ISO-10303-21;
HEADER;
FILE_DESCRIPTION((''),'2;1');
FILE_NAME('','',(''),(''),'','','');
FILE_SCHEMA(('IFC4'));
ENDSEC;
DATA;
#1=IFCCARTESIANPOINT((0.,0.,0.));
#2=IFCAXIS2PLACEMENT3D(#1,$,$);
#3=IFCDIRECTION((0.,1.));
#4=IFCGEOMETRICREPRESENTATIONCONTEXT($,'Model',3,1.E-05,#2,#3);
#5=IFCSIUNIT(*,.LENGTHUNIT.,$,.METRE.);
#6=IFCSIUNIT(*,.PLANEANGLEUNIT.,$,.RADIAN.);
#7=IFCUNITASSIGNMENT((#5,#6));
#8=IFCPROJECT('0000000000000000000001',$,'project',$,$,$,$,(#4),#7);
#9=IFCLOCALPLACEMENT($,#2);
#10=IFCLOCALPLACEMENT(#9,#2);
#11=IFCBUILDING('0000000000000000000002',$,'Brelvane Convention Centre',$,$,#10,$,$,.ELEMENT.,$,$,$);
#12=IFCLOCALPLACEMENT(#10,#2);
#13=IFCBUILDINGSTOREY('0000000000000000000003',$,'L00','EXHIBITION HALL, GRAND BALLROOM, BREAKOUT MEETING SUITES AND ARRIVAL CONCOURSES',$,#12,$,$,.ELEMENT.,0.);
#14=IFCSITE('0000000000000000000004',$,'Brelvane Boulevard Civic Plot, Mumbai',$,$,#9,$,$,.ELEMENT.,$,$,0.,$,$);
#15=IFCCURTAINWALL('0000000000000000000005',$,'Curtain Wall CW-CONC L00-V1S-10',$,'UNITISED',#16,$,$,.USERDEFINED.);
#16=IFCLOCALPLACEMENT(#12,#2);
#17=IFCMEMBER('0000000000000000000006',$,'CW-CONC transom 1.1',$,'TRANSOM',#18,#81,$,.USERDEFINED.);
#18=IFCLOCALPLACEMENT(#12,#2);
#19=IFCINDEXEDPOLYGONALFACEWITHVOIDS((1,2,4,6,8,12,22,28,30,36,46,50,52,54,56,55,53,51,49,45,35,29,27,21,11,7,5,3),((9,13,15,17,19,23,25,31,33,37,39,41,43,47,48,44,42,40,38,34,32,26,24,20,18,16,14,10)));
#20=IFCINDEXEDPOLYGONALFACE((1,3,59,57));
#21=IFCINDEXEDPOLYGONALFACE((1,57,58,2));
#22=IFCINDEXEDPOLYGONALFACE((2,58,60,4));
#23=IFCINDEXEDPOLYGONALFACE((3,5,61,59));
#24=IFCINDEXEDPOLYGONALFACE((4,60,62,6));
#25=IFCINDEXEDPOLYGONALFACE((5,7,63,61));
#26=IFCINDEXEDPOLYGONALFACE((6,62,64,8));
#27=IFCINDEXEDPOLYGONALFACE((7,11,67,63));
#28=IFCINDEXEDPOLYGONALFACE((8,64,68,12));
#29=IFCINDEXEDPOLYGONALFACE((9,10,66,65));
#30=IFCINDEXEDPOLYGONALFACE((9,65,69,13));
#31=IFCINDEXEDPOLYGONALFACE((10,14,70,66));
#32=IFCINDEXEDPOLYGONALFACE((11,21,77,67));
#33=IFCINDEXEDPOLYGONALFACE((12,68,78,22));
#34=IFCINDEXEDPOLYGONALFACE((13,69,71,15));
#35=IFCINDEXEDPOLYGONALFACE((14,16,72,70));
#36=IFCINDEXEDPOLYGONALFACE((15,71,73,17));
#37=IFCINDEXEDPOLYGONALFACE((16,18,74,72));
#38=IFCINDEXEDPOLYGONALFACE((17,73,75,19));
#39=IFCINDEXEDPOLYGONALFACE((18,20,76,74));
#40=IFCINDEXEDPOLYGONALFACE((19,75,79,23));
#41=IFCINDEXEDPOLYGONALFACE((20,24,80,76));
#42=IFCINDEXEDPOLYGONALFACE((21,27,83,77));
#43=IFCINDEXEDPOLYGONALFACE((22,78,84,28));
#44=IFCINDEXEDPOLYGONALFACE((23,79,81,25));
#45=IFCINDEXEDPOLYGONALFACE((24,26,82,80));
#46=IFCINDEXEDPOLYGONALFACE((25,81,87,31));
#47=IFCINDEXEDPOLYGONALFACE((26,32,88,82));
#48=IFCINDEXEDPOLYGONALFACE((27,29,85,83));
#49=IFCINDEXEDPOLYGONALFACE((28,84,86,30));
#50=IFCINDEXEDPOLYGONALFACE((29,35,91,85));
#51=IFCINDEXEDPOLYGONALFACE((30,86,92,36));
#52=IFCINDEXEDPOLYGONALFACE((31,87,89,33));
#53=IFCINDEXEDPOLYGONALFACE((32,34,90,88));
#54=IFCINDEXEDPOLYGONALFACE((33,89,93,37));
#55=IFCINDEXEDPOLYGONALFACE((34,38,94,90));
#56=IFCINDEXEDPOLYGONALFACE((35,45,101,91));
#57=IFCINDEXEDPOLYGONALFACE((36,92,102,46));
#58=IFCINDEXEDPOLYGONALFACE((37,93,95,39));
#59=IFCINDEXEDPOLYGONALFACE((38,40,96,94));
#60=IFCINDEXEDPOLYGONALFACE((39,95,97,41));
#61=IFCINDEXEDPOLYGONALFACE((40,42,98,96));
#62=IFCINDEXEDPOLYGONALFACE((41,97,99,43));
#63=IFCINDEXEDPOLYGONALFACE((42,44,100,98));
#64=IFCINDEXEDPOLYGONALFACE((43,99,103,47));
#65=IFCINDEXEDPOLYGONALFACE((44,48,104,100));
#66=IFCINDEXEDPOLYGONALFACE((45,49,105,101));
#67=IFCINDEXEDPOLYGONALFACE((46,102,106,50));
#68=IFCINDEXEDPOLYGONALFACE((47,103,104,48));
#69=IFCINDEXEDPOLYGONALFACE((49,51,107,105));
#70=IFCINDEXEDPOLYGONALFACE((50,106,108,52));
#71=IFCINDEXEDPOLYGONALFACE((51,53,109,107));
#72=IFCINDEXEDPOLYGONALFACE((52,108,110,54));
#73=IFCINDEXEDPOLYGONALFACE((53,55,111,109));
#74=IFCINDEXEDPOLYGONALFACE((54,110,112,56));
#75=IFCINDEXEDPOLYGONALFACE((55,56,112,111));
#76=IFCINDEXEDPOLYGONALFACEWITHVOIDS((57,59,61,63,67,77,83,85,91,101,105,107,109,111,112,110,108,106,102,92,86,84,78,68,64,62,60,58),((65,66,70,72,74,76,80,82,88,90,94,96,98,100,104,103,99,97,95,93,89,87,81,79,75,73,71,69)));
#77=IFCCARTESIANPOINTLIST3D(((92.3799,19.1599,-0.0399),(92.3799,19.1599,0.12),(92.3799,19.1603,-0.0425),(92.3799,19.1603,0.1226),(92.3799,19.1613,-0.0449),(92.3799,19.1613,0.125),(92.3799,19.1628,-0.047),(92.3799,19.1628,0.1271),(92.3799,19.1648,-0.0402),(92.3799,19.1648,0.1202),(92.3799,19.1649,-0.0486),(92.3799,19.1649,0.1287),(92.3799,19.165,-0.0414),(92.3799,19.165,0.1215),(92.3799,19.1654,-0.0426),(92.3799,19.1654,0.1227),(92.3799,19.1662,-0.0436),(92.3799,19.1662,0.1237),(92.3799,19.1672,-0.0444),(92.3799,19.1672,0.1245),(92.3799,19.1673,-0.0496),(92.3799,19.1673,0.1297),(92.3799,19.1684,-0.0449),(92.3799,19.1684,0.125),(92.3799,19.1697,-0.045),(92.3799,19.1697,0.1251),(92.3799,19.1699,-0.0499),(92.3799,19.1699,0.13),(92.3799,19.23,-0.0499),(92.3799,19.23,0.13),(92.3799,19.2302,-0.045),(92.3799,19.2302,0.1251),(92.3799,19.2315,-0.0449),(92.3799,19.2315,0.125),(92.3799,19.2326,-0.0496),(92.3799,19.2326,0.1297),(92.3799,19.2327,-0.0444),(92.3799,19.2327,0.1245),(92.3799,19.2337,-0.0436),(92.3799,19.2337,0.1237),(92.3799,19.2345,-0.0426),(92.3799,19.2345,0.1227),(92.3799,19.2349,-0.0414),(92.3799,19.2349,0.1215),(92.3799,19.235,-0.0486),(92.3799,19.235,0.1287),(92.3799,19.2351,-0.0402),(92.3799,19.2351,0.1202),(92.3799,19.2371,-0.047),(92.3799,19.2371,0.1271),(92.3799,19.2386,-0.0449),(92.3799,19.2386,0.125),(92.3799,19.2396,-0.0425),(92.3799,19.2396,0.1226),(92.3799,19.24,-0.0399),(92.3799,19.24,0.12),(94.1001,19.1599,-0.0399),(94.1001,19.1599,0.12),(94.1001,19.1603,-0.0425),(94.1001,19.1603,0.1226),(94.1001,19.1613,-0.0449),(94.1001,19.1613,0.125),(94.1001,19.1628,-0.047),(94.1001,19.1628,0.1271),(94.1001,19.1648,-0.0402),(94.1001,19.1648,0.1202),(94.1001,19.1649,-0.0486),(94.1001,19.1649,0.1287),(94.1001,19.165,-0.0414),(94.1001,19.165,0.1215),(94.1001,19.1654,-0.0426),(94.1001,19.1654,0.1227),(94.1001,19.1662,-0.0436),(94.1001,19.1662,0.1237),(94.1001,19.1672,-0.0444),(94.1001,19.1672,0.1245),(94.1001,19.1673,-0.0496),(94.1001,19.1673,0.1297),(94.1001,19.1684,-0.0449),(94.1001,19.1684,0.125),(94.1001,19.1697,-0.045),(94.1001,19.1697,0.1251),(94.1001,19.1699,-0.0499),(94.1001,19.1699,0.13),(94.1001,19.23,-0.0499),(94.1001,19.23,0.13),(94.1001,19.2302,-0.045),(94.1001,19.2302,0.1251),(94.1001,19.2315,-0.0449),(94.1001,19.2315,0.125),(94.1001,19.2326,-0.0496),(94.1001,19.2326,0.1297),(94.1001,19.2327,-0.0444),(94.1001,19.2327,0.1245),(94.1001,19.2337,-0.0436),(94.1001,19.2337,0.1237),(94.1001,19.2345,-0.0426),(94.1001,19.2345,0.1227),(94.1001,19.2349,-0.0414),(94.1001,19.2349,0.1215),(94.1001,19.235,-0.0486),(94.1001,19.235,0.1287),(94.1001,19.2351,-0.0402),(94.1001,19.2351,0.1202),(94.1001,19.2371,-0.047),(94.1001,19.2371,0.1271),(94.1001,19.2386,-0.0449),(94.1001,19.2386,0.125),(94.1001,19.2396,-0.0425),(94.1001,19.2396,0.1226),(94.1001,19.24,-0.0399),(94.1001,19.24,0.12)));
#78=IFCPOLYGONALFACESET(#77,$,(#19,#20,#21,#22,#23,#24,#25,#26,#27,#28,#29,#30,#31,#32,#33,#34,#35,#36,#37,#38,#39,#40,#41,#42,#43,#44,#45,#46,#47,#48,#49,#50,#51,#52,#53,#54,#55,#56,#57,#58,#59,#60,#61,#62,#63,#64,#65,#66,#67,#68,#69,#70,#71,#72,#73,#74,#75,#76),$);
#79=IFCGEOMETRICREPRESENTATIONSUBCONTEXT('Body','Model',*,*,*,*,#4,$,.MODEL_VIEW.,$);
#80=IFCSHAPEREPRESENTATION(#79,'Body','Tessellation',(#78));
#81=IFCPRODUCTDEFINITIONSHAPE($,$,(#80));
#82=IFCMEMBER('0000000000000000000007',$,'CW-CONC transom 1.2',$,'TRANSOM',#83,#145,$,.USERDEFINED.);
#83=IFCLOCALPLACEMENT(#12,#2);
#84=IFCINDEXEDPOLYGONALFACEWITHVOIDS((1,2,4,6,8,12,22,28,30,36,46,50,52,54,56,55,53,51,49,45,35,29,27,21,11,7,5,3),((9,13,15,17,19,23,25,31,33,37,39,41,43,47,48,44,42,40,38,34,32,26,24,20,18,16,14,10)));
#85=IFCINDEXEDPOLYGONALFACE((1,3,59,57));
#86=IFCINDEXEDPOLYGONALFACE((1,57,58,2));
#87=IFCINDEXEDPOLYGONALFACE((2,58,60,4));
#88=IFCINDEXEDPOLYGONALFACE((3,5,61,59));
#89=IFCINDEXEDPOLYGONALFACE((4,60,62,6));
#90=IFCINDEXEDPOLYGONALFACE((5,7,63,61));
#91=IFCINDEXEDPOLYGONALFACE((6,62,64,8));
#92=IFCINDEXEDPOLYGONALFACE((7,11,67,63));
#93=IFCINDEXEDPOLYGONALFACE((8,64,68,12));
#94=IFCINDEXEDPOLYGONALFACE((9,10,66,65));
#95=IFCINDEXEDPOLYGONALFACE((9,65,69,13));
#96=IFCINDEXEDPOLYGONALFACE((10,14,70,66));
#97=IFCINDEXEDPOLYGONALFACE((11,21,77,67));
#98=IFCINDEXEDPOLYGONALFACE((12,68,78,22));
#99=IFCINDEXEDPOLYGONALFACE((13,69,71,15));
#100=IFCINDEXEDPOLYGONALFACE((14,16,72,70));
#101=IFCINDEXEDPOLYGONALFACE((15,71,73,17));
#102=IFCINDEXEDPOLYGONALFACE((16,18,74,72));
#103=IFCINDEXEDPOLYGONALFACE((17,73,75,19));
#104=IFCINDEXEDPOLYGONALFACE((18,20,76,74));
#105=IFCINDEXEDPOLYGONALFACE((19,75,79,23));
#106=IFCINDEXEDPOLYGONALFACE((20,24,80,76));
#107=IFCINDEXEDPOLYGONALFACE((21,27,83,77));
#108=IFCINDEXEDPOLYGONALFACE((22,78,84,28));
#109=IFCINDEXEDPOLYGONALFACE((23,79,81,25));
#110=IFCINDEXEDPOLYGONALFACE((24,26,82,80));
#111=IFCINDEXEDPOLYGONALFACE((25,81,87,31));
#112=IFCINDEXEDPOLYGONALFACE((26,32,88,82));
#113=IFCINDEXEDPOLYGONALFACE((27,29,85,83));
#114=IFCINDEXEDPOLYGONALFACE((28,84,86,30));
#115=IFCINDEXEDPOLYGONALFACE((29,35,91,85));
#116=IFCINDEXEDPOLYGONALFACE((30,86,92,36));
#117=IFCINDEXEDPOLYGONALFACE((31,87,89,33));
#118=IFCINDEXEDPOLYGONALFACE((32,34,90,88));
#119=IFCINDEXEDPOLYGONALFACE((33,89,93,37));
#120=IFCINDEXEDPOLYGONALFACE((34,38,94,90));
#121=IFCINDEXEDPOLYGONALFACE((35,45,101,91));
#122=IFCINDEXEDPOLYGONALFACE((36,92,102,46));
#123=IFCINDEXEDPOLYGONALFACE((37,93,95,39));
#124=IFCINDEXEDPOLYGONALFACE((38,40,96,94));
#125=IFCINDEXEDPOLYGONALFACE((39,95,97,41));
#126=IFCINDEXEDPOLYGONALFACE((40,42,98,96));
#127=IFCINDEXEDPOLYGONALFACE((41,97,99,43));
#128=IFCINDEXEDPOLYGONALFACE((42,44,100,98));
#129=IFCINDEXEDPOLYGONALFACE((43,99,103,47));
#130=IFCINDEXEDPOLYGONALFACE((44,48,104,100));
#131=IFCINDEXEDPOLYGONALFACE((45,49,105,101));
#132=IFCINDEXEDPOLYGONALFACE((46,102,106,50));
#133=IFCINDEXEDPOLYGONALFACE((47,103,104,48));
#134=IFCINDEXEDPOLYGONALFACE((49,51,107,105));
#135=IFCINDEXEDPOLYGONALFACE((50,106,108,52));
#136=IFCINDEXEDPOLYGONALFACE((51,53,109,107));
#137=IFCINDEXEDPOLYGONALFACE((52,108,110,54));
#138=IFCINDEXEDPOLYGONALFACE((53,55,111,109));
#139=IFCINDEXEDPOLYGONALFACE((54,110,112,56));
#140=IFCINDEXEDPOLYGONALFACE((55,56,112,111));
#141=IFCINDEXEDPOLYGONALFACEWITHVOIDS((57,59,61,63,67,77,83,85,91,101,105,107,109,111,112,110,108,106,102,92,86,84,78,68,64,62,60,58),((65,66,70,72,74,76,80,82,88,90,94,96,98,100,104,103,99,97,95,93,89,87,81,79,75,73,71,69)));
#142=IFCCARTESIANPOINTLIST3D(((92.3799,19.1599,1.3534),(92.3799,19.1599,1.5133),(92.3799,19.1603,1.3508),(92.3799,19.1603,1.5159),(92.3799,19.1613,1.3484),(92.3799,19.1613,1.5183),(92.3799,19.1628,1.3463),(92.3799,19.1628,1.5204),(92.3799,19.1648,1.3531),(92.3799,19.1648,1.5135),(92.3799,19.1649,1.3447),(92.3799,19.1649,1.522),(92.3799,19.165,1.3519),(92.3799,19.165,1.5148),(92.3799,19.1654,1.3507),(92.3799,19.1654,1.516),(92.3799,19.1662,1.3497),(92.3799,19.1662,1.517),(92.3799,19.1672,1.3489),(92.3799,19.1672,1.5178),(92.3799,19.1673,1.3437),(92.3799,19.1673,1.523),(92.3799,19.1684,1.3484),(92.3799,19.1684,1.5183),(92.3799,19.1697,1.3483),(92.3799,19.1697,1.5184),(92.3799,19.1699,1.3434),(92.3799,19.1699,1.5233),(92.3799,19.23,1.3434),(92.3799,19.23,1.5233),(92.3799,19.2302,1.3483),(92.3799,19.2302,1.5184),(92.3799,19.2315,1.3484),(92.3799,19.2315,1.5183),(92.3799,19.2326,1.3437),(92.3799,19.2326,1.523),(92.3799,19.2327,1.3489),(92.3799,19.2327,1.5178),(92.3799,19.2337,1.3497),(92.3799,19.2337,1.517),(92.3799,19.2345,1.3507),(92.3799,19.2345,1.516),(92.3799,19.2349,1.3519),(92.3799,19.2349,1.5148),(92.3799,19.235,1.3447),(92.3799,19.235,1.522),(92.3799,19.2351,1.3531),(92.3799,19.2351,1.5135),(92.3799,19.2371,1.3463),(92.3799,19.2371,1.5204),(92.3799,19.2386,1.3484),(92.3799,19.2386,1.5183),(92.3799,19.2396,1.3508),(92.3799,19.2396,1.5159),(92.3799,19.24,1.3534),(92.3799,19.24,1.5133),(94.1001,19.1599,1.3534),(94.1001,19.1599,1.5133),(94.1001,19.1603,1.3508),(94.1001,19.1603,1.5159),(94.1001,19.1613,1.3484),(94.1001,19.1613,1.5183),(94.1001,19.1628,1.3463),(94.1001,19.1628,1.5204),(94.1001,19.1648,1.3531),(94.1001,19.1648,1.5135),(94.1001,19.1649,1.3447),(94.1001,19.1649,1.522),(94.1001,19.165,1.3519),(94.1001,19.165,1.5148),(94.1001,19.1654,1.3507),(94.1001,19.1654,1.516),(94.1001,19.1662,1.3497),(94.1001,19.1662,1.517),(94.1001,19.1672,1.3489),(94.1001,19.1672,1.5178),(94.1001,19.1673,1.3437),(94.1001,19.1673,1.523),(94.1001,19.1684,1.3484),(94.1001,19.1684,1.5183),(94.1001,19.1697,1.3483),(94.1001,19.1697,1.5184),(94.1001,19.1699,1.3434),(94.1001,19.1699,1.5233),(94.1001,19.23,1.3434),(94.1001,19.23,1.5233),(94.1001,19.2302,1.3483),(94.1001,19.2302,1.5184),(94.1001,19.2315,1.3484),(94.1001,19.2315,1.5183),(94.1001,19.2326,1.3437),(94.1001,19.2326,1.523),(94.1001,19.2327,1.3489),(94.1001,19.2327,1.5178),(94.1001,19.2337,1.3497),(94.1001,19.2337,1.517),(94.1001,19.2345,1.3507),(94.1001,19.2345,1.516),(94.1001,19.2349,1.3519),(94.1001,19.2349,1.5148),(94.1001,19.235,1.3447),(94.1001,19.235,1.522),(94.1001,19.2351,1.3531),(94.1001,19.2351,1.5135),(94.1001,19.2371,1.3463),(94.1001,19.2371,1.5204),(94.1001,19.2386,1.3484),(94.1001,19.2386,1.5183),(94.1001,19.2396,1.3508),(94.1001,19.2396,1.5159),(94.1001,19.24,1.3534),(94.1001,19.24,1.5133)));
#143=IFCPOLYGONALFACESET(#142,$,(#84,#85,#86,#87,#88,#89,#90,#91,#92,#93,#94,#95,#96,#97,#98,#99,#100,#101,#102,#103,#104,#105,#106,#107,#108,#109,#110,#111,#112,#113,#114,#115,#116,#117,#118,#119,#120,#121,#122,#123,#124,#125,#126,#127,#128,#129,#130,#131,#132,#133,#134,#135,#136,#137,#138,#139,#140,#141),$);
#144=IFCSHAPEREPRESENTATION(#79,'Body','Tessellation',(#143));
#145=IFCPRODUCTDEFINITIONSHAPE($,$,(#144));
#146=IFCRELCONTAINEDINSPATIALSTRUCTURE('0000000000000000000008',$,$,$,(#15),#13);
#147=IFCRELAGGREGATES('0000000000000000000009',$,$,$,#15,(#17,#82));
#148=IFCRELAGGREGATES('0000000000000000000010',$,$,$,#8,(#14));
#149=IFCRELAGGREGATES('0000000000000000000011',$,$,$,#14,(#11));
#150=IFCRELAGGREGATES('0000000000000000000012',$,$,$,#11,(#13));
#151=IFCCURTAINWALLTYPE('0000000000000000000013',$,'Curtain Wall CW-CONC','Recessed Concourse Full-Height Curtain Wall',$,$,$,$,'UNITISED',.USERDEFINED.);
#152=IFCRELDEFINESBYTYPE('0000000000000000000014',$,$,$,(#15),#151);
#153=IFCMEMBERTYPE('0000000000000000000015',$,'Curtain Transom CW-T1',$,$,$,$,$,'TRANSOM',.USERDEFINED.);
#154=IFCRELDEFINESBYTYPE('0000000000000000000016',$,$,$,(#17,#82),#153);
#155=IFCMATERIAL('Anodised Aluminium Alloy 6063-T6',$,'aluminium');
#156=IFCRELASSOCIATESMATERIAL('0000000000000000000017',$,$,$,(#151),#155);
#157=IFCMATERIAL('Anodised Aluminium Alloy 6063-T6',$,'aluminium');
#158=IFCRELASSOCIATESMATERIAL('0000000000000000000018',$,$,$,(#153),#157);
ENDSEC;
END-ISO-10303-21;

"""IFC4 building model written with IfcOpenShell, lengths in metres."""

from ifc_helpers import new_model, si_unit, direction, frame, origin, origin_2d, place, context, subcontext, project, spatial, hollow_rectangle, extrude, material, material_profile, profile_set, type_object, element, aggregate, save


model = new_model("IFC4")

# Units and contexts
model_context = context("Model", 3, precision=1e-05, world=origin(), true_north=direction((0.0, 1.0)))
body_context = subcontext(model_context, "Body", "Model", "MODEL_VIEW")
ifc_project = project(units=[si_unit("LENGTHUNIT", "METRE"), si_unit("PLANEANGLEUNIT", "RADIAN")], contexts=[model_context])

# Site, building, storey
site_placement = place(None, origin())
site = spatial("IfcSite", under=ifc_project, at=site_placement, Name="Brelvane Boulevard Civic Plot, Mumbai", CompositionType="ELEMENT", RefElevation=0.0)
building_placement = place(site_placement, origin())
building = spatial("IfcBuilding", under=site, at=building_placement, Name="Brelvane Convention Centre", CompositionType="ELEMENT")
storey_placement = place(building_placement, origin())
storey = spatial("IfcBuildingStorey", under=building, at=storey_placement, Name="L00", Description="EXHIBITION HALL, GRAND BALLROOM, BREAKOUT MEETING SUITES AND ARRIVAL CONCOURSES", CompositionType="ELEMENT", Elevation=0.0)

# Shared definitions
ifc_material_1 = material(Name="Anodised Aluminium Alloy 6063-T6", Category="aluminium")
curtain_wall_type = type_object("IfcCurtainWallType", Name="Curtain Wall CW-CONC", Description="Recessed Concourse Full-Height Curtain Wall", ElementType="UNITISED", PredefinedType="USERDEFINED", material=ifc_material_1)

# Curtain wall, members
curtain_wall_1_placement = place(storey_placement, origin())
curtain_wall_1 = element("IfcCurtainWall", 1, at=curtain_wall_1_placement, inside=storey, type_object=curtain_wall_type, Name="Curtain Wall CW-CONC L00-V1S-10", ObjectType="UNITISED", PredefinedType="USERDEFINED")
ifc_material_2 = material(Name="Anodised Aluminium Alloy 6063-T6", Category="aluminium")
ifc_material_profile_1 = material_profile(ifc_material_2, hollow_rectangle(XDim=0.0801, YDim=0.1799, WallThickness=0.0049, InnerFilletRadius=0.0049, OuterFilletRadius=0.01, at=origin_2d()), Name="ALU-T 180x80x5.0")
ifc_profile_set_1 = profile_set([ifc_material_profile_1], Name="Anodised Aluminium Alloy 6063-T6")
member_type_1 = type_object("IfcMemberType", Name="Curtain Transom CW-T1", ElementType="TRANSOM", PredefinedType="USERDEFINED", material=ifc_profile_set_1)
member_1_placement = place(storey_placement, frame((92.3799, 19.2, 0.04), z_axis=(1.0, 0.0, 0.0), x_axis=(0.0, 1.0, 0.0)))
member_1 = element("IfcMember", 2, at=member_1_placement, type_object=member_type_1, Name="CW-CONC transom 1.1", ObjectType="TRANSOM", PredefinedType="USERDEFINED", context=body_context, shape_type="SweptSolid", body=[
    extrude(hollow_rectangle(XDim=0.0801, YDim=0.1799, WallThickness=0.0049, InnerFilletRadius=0.0049, OuterFilletRadius=0.01, at=origin_2d()), origin(), (0.0, 0.0, 1.0), 1.7202),
])
member_2_placement = place(storey_placement, frame((92.3799, 19.2, 1.4333), z_axis=(1.0, 0.0, 0.0), x_axis=(0.0, 1.0, 0.0)))
member_2 = element("IfcMember", 3, at=member_2_placement, type_object=member_type_1, Name="CW-CONC transom 1.2", ObjectType="TRANSOM", PredefinedType="USERDEFINED", context=body_context, shape_type="SweptSolid", body=[
    extrude(hollow_rectangle(XDim=0.0801, YDim=0.1799, WallThickness=0.0049, InnerFilletRadius=0.0049, OuterFilletRadius=0.01, at=origin_2d()), origin(), (0.0, 0.0, 1.0), 1.7202),
])

aggregate(curtain_wall_1, [member_1, member_2])

save(model, "model.ifc")
